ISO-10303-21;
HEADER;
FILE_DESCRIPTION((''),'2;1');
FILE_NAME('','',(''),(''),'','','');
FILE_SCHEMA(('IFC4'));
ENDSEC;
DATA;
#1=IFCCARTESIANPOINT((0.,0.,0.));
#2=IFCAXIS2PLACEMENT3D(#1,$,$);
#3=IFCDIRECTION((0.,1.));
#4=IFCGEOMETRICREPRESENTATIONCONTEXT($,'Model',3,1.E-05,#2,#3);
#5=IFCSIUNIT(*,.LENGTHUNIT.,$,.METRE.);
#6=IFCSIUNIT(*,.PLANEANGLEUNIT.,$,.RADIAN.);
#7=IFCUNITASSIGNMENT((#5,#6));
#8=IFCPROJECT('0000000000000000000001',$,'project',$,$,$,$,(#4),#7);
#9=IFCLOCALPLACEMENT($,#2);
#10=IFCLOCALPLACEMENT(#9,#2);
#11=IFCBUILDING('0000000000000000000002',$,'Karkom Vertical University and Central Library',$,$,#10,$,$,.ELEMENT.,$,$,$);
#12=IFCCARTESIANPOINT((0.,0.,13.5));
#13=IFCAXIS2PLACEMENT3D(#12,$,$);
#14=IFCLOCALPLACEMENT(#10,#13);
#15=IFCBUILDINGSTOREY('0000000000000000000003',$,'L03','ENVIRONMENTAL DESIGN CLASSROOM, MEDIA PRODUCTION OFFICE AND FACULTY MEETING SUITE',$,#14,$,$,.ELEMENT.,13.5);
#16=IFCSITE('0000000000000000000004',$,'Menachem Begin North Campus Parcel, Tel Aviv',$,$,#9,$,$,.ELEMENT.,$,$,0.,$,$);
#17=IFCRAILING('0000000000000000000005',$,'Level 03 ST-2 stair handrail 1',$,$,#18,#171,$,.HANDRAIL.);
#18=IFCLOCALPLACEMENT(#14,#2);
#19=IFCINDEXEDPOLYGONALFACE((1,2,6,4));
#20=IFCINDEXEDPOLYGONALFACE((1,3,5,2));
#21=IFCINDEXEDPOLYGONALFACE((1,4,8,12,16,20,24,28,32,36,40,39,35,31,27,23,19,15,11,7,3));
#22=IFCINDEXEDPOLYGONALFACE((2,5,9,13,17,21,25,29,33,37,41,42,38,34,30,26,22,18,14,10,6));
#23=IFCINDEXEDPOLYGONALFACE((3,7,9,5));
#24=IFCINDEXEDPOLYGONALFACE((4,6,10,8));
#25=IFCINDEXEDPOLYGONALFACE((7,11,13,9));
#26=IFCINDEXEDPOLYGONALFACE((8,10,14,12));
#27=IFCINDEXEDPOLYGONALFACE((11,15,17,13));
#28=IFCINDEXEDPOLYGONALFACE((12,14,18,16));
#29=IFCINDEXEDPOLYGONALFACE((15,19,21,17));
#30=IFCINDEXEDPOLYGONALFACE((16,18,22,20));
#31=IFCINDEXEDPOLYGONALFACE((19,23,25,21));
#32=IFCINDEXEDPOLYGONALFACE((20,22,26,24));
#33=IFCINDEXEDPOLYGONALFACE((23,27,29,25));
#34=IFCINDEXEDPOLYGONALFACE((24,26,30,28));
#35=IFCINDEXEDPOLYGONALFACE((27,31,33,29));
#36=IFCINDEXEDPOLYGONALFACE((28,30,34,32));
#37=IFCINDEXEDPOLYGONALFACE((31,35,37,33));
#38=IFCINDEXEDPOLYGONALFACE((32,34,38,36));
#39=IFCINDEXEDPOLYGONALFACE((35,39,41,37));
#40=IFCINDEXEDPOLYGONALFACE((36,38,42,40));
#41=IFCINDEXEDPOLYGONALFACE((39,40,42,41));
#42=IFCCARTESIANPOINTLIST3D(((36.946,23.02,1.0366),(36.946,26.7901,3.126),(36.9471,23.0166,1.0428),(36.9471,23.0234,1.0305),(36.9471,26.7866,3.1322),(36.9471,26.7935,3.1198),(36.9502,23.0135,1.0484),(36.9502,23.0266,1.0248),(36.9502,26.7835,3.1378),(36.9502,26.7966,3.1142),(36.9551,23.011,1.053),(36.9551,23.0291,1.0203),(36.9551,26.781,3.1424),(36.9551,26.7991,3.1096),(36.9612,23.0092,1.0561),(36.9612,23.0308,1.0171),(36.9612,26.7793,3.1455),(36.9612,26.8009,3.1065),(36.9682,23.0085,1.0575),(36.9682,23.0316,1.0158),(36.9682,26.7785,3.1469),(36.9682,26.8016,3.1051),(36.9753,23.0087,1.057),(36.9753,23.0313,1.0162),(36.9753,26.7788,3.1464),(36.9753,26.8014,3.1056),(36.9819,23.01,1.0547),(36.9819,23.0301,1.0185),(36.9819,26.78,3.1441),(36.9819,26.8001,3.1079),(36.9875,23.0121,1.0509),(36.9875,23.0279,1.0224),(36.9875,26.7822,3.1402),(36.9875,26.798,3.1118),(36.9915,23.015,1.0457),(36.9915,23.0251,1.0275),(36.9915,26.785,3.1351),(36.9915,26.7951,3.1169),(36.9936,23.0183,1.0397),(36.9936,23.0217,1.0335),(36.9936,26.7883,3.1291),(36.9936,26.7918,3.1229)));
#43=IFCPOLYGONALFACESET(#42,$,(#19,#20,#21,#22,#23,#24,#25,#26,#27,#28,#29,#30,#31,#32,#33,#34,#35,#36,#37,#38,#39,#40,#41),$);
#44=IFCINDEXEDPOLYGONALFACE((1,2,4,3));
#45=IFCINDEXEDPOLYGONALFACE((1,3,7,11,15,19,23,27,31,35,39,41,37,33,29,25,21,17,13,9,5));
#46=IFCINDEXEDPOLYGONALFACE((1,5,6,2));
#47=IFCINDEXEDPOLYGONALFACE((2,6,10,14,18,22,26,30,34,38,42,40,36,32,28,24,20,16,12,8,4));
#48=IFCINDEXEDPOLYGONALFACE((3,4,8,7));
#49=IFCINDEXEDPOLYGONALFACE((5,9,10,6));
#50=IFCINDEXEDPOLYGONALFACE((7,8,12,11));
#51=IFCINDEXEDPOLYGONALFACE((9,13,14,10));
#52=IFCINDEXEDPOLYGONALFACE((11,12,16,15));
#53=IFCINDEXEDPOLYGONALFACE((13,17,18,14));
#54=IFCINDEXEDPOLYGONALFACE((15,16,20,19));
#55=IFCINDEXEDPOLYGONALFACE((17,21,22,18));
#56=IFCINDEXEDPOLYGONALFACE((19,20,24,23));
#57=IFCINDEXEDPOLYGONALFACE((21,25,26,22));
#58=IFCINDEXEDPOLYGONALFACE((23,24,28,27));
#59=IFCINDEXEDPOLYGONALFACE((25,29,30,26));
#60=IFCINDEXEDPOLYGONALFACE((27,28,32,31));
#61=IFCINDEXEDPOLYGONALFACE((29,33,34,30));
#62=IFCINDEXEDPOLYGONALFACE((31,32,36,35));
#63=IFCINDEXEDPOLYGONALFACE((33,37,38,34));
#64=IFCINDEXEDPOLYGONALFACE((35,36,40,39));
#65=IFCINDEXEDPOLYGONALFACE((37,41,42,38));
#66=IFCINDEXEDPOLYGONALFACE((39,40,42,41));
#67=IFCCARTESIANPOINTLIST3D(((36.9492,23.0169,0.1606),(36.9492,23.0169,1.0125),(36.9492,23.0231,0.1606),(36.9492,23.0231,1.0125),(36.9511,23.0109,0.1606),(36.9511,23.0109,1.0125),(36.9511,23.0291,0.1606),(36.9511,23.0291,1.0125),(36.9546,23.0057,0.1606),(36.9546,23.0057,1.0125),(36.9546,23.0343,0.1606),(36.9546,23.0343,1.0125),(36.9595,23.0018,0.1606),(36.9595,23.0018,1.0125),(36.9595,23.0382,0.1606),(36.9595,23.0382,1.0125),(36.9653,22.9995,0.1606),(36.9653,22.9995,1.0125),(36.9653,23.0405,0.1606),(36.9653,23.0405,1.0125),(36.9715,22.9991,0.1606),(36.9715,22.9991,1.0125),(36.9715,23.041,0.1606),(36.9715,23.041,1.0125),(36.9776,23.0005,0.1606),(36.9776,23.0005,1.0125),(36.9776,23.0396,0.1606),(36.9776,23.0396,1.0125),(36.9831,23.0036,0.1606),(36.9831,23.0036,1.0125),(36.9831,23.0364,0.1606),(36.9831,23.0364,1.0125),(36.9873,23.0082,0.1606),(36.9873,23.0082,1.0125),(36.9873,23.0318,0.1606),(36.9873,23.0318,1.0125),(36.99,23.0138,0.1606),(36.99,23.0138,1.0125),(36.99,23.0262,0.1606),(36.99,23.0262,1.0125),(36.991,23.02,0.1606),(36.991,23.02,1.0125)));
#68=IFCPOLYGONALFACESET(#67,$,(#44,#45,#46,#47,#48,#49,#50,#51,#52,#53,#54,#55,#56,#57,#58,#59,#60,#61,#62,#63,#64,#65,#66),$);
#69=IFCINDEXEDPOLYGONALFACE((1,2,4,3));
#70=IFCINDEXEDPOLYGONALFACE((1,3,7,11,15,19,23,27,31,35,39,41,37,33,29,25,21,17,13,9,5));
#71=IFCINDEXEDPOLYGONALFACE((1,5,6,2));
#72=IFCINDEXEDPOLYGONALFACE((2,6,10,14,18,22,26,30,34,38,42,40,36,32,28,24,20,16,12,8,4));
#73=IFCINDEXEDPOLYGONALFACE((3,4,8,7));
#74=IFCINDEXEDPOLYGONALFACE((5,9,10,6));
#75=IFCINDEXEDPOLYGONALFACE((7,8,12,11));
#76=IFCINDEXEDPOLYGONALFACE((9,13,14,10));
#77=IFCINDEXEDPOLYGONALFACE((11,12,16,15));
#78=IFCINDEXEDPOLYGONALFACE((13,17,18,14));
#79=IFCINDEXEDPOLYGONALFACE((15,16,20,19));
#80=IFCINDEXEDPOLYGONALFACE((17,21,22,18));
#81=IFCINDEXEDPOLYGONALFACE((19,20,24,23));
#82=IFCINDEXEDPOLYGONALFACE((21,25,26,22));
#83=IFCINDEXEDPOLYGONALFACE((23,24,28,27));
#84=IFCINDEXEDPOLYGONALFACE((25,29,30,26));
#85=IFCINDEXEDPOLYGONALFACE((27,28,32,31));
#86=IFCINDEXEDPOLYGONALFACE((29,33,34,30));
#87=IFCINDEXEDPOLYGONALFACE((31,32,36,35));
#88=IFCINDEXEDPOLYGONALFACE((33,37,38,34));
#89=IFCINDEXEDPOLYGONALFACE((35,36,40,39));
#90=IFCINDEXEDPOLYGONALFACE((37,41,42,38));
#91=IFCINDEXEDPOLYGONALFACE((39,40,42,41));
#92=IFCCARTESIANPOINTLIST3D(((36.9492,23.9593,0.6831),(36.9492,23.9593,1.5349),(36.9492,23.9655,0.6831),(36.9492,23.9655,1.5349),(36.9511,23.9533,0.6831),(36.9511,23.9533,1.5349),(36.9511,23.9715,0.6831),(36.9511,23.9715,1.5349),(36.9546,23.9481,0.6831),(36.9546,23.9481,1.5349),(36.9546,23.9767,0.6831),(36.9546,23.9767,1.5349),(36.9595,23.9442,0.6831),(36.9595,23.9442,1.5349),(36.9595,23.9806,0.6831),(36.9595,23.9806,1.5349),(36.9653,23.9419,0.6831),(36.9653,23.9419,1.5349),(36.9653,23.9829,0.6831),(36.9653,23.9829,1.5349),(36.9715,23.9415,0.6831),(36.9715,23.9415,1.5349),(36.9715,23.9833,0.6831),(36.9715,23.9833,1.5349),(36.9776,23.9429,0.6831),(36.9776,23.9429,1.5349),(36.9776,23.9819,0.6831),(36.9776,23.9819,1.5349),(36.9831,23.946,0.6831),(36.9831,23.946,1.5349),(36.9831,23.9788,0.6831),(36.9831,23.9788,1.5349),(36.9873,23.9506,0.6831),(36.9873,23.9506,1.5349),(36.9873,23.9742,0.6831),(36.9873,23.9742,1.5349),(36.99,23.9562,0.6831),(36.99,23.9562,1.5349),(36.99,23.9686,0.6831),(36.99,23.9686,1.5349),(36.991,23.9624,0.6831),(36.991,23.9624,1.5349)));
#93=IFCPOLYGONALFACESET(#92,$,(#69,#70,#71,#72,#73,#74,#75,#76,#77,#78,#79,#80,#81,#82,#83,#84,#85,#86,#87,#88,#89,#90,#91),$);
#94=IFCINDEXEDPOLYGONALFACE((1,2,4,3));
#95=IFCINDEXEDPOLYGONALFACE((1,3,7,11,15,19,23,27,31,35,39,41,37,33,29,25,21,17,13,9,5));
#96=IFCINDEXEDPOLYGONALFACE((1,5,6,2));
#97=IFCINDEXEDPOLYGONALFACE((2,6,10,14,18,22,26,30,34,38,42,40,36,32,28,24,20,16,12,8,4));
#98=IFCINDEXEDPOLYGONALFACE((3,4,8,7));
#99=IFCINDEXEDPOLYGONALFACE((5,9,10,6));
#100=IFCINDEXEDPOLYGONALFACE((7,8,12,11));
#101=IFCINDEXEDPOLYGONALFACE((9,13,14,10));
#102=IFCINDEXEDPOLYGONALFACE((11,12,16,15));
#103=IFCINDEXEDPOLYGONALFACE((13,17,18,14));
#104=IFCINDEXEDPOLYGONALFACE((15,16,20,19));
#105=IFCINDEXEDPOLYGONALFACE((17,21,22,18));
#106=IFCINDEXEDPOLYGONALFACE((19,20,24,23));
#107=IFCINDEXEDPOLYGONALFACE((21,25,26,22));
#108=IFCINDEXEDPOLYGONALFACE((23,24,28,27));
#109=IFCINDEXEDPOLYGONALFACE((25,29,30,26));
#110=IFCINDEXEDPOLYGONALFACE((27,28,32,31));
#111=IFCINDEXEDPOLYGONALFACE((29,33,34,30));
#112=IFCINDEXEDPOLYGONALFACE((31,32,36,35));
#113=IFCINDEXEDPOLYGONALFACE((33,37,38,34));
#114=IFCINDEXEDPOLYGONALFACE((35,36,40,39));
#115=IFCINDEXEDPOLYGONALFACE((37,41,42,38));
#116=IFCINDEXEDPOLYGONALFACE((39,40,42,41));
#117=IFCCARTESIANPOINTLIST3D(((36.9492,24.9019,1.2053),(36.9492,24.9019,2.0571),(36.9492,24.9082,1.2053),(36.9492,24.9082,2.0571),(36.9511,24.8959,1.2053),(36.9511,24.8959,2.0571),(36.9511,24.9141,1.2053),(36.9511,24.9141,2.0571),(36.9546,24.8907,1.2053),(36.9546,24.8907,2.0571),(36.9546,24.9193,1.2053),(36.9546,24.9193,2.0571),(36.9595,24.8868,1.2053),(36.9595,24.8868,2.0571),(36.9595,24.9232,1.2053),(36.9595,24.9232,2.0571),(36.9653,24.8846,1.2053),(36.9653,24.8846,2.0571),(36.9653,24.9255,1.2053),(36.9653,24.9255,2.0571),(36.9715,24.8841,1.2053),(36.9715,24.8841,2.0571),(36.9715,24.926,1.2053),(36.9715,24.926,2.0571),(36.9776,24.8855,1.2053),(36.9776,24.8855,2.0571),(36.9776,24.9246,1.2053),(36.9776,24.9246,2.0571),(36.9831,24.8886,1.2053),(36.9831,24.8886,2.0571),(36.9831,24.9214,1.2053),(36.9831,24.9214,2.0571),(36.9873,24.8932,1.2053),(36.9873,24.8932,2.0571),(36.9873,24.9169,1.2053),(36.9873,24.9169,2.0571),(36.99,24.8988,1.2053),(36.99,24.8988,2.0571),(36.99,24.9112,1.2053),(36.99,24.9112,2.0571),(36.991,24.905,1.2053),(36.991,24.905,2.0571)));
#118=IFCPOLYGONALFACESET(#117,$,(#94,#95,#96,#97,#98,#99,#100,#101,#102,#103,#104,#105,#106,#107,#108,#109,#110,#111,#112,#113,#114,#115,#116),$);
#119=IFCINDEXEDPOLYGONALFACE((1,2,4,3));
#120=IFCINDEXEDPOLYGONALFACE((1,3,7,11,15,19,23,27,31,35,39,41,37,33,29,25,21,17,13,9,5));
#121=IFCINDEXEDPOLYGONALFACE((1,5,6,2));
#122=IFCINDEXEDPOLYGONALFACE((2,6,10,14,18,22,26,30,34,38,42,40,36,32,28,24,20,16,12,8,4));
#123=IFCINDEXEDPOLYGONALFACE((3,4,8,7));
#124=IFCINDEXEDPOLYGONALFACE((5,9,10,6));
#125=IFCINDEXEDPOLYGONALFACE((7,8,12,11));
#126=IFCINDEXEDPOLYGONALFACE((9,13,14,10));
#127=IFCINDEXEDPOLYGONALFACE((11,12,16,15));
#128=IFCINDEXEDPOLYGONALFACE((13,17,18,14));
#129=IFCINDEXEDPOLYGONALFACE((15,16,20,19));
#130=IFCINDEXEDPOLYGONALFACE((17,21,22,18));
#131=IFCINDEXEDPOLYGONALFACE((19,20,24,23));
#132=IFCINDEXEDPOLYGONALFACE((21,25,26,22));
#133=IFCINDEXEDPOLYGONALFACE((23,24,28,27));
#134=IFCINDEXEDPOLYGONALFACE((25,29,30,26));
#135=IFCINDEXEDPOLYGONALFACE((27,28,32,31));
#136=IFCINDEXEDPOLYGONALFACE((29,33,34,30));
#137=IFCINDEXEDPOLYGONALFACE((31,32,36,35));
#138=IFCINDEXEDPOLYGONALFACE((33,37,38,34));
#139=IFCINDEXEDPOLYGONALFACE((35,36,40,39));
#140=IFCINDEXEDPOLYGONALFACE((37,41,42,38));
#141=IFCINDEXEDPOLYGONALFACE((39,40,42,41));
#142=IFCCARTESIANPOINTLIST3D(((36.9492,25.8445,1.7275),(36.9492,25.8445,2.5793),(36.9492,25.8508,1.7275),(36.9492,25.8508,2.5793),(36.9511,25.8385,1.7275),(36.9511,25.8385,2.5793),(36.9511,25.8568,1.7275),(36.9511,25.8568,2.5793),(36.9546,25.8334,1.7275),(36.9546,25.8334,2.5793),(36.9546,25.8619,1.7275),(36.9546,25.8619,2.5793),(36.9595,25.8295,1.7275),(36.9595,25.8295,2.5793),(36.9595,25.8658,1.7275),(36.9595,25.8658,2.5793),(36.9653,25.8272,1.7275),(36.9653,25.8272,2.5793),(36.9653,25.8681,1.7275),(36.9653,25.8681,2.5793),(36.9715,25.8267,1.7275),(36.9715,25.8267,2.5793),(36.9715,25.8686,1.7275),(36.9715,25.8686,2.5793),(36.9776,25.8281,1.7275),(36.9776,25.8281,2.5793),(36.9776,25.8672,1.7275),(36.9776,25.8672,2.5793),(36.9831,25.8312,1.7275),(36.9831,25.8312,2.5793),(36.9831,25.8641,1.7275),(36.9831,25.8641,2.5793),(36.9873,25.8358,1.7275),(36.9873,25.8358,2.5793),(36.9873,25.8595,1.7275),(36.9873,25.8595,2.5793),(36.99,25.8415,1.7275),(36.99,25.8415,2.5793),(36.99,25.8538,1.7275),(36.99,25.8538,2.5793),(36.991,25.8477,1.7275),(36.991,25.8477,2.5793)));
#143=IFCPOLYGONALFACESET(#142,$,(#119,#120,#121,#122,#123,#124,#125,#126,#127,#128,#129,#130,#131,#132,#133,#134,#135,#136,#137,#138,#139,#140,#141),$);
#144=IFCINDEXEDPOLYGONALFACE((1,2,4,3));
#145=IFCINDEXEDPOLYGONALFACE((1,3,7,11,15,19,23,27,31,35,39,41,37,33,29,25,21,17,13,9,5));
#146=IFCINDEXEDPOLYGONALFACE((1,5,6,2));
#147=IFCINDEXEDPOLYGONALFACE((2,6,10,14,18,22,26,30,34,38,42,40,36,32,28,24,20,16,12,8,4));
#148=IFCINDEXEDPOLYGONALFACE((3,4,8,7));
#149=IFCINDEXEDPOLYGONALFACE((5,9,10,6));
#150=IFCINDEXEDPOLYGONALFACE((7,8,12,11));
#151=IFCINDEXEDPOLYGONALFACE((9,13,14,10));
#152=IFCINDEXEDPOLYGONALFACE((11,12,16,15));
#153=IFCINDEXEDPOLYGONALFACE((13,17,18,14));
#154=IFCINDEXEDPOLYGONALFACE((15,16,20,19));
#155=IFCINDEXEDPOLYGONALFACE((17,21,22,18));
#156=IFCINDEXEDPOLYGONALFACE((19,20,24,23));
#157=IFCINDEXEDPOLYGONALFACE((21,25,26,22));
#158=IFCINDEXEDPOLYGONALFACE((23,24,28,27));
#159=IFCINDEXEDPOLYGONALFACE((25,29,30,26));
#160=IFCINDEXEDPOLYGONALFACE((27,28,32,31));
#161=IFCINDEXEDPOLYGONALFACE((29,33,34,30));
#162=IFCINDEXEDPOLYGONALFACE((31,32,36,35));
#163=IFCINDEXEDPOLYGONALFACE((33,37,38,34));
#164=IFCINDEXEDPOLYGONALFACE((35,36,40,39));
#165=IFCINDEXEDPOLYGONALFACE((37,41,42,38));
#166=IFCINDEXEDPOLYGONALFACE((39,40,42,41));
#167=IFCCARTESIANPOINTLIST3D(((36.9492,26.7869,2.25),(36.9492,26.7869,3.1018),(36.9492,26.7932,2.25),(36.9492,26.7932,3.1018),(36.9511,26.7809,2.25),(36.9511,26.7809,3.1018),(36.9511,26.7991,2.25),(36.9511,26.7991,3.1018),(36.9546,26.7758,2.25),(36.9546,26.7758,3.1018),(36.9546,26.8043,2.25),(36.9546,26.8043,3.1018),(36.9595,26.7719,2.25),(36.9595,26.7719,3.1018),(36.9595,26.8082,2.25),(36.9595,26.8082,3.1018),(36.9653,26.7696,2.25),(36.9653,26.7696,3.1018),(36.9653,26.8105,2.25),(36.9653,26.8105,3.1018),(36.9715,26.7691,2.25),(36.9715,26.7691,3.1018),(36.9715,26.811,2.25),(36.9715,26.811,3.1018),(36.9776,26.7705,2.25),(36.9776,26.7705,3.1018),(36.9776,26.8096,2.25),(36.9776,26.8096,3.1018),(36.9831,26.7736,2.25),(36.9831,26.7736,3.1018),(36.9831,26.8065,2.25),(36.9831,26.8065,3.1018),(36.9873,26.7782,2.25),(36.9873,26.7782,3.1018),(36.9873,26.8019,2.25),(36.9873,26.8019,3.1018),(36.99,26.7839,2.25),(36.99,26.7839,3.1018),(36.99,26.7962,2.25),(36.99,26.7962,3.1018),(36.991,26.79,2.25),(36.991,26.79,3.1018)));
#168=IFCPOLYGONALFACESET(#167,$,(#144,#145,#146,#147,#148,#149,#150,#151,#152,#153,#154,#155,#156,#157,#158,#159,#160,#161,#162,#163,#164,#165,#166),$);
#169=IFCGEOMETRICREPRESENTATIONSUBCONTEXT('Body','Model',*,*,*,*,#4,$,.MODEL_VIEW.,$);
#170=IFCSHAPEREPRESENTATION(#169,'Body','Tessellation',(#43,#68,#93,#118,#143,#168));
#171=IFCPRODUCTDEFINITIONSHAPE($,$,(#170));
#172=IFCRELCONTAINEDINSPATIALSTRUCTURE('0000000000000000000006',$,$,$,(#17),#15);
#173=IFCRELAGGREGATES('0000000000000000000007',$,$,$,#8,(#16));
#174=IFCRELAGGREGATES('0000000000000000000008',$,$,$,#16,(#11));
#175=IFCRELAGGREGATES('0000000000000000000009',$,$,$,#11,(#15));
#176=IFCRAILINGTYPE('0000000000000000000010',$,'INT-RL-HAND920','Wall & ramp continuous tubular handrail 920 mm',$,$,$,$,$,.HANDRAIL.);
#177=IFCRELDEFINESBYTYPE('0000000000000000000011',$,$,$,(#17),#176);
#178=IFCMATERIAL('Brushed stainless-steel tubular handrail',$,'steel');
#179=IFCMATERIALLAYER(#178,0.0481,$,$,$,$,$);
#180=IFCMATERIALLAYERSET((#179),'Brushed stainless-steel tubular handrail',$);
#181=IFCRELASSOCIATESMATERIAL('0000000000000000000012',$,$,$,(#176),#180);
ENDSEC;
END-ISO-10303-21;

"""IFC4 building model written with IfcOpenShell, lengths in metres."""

from ifc_helpers import new_model, si_unit, direction, frame, origin, origin_2d, place, context, subcontext, project, spatial, circle, extrude, material, layer, layer_set, type_object, element, save


model = new_model("IFC4")

# Units and contexts
model_context = context("Model", 3, precision=1e-05, world=origin(), true_north=direction((0.0, 1.0)))
body_context = subcontext(model_context, "Body", "Model", "MODEL_VIEW")
ifc_project = project(units=[si_unit("LENGTHUNIT", "METRE"), si_unit("PLANEANGLEUNIT", "RADIAN")], contexts=[model_context])

# Site, building, storey
site_placement = place(None, origin())
site = spatial("IfcSite", under=ifc_project, at=site_placement, Name="Menachem Begin North Campus Parcel, Tel Aviv", CompositionType="ELEMENT", RefElevation=0.0)
building_placement = place(site_placement, origin())
building = spatial("IfcBuilding", under=site, at=building_placement, Name="Karkom Vertical University and Central Library", CompositionType="ELEMENT")
storey_placement = place(building_placement, frame((0.0, 0.0, 13.5)))
storey = spatial("IfcBuildingStorey", under=building, at=storey_placement, Name="L03", Description="ENVIRONMENTAL DESIGN CLASSROOM, MEDIA PRODUCTION OFFICE AND FACULTY MEETING SUITE", CompositionType="ELEMENT", Elevation=13.5)

# Railing
ifc_material_1 = material(Name="Brushed stainless-steel tubular handrail", Category="steel")
ifc_layer_1 = layer(ifc_material_1, 0.0481)
ifc_layer_set_1 = layer_set([ifc_layer_1], Name="Brushed stainless-steel tubular handrail")
railing_type_1 = type_object("IfcRailingType", Name="INT-RL-HAND920", Description="Wall & ramp continuous tubular handrail 920 mm", PredefinedType="HANDRAIL", material=ifc_layer_set_1)
railing_1_placement = place(storey_placement, frame((36.97, 23.02, 0.1606)))
element("IfcRailing", 1, at=railing_1_placement, inside=storey, type_object=railing_type_1, Name="Level 03 ST-2 stair handrail 1", PredefinedType="HANDRAIL", context=body_context, shape_type="SweptSolid", body=[
    extrude(circle(Radius=0.0239, at=origin_2d()), frame((0.0, 0.0, 0.876), z_axis=(0.0, 0.874659, 0.484739), x_axis=(-1.0, 0.0, 0.0)), (0.0, 0.0, 1.0), 4.3103),
    extrude(circle(Radius=0.021, at=origin_2d()), origin(), (0.0, 0.0, 1.0), 0.8518),
    extrude(circle(Radius=0.021, at=origin_2d()), frame((0.0, 0.9424, 0.5225)), (0.0, 0.0, 1.0), 0.8518),
    extrude(circle(Radius=0.021, at=origin_2d()), frame((0.0, 1.885, 1.0447)), (0.0, 0.0, 1.0), 0.8518),
    extrude(circle(Radius=0.021, at=origin_2d()), frame((0.0, 2.8276, 1.5669)), (0.0, 0.0, 1.0), 0.8518),
    extrude(circle(Radius=0.021, at=origin_2d()), frame((0.0, 3.77, 2.0894)), (0.0, 0.0, 1.0), 0.8518),
])

save(model, "model.ifc")
